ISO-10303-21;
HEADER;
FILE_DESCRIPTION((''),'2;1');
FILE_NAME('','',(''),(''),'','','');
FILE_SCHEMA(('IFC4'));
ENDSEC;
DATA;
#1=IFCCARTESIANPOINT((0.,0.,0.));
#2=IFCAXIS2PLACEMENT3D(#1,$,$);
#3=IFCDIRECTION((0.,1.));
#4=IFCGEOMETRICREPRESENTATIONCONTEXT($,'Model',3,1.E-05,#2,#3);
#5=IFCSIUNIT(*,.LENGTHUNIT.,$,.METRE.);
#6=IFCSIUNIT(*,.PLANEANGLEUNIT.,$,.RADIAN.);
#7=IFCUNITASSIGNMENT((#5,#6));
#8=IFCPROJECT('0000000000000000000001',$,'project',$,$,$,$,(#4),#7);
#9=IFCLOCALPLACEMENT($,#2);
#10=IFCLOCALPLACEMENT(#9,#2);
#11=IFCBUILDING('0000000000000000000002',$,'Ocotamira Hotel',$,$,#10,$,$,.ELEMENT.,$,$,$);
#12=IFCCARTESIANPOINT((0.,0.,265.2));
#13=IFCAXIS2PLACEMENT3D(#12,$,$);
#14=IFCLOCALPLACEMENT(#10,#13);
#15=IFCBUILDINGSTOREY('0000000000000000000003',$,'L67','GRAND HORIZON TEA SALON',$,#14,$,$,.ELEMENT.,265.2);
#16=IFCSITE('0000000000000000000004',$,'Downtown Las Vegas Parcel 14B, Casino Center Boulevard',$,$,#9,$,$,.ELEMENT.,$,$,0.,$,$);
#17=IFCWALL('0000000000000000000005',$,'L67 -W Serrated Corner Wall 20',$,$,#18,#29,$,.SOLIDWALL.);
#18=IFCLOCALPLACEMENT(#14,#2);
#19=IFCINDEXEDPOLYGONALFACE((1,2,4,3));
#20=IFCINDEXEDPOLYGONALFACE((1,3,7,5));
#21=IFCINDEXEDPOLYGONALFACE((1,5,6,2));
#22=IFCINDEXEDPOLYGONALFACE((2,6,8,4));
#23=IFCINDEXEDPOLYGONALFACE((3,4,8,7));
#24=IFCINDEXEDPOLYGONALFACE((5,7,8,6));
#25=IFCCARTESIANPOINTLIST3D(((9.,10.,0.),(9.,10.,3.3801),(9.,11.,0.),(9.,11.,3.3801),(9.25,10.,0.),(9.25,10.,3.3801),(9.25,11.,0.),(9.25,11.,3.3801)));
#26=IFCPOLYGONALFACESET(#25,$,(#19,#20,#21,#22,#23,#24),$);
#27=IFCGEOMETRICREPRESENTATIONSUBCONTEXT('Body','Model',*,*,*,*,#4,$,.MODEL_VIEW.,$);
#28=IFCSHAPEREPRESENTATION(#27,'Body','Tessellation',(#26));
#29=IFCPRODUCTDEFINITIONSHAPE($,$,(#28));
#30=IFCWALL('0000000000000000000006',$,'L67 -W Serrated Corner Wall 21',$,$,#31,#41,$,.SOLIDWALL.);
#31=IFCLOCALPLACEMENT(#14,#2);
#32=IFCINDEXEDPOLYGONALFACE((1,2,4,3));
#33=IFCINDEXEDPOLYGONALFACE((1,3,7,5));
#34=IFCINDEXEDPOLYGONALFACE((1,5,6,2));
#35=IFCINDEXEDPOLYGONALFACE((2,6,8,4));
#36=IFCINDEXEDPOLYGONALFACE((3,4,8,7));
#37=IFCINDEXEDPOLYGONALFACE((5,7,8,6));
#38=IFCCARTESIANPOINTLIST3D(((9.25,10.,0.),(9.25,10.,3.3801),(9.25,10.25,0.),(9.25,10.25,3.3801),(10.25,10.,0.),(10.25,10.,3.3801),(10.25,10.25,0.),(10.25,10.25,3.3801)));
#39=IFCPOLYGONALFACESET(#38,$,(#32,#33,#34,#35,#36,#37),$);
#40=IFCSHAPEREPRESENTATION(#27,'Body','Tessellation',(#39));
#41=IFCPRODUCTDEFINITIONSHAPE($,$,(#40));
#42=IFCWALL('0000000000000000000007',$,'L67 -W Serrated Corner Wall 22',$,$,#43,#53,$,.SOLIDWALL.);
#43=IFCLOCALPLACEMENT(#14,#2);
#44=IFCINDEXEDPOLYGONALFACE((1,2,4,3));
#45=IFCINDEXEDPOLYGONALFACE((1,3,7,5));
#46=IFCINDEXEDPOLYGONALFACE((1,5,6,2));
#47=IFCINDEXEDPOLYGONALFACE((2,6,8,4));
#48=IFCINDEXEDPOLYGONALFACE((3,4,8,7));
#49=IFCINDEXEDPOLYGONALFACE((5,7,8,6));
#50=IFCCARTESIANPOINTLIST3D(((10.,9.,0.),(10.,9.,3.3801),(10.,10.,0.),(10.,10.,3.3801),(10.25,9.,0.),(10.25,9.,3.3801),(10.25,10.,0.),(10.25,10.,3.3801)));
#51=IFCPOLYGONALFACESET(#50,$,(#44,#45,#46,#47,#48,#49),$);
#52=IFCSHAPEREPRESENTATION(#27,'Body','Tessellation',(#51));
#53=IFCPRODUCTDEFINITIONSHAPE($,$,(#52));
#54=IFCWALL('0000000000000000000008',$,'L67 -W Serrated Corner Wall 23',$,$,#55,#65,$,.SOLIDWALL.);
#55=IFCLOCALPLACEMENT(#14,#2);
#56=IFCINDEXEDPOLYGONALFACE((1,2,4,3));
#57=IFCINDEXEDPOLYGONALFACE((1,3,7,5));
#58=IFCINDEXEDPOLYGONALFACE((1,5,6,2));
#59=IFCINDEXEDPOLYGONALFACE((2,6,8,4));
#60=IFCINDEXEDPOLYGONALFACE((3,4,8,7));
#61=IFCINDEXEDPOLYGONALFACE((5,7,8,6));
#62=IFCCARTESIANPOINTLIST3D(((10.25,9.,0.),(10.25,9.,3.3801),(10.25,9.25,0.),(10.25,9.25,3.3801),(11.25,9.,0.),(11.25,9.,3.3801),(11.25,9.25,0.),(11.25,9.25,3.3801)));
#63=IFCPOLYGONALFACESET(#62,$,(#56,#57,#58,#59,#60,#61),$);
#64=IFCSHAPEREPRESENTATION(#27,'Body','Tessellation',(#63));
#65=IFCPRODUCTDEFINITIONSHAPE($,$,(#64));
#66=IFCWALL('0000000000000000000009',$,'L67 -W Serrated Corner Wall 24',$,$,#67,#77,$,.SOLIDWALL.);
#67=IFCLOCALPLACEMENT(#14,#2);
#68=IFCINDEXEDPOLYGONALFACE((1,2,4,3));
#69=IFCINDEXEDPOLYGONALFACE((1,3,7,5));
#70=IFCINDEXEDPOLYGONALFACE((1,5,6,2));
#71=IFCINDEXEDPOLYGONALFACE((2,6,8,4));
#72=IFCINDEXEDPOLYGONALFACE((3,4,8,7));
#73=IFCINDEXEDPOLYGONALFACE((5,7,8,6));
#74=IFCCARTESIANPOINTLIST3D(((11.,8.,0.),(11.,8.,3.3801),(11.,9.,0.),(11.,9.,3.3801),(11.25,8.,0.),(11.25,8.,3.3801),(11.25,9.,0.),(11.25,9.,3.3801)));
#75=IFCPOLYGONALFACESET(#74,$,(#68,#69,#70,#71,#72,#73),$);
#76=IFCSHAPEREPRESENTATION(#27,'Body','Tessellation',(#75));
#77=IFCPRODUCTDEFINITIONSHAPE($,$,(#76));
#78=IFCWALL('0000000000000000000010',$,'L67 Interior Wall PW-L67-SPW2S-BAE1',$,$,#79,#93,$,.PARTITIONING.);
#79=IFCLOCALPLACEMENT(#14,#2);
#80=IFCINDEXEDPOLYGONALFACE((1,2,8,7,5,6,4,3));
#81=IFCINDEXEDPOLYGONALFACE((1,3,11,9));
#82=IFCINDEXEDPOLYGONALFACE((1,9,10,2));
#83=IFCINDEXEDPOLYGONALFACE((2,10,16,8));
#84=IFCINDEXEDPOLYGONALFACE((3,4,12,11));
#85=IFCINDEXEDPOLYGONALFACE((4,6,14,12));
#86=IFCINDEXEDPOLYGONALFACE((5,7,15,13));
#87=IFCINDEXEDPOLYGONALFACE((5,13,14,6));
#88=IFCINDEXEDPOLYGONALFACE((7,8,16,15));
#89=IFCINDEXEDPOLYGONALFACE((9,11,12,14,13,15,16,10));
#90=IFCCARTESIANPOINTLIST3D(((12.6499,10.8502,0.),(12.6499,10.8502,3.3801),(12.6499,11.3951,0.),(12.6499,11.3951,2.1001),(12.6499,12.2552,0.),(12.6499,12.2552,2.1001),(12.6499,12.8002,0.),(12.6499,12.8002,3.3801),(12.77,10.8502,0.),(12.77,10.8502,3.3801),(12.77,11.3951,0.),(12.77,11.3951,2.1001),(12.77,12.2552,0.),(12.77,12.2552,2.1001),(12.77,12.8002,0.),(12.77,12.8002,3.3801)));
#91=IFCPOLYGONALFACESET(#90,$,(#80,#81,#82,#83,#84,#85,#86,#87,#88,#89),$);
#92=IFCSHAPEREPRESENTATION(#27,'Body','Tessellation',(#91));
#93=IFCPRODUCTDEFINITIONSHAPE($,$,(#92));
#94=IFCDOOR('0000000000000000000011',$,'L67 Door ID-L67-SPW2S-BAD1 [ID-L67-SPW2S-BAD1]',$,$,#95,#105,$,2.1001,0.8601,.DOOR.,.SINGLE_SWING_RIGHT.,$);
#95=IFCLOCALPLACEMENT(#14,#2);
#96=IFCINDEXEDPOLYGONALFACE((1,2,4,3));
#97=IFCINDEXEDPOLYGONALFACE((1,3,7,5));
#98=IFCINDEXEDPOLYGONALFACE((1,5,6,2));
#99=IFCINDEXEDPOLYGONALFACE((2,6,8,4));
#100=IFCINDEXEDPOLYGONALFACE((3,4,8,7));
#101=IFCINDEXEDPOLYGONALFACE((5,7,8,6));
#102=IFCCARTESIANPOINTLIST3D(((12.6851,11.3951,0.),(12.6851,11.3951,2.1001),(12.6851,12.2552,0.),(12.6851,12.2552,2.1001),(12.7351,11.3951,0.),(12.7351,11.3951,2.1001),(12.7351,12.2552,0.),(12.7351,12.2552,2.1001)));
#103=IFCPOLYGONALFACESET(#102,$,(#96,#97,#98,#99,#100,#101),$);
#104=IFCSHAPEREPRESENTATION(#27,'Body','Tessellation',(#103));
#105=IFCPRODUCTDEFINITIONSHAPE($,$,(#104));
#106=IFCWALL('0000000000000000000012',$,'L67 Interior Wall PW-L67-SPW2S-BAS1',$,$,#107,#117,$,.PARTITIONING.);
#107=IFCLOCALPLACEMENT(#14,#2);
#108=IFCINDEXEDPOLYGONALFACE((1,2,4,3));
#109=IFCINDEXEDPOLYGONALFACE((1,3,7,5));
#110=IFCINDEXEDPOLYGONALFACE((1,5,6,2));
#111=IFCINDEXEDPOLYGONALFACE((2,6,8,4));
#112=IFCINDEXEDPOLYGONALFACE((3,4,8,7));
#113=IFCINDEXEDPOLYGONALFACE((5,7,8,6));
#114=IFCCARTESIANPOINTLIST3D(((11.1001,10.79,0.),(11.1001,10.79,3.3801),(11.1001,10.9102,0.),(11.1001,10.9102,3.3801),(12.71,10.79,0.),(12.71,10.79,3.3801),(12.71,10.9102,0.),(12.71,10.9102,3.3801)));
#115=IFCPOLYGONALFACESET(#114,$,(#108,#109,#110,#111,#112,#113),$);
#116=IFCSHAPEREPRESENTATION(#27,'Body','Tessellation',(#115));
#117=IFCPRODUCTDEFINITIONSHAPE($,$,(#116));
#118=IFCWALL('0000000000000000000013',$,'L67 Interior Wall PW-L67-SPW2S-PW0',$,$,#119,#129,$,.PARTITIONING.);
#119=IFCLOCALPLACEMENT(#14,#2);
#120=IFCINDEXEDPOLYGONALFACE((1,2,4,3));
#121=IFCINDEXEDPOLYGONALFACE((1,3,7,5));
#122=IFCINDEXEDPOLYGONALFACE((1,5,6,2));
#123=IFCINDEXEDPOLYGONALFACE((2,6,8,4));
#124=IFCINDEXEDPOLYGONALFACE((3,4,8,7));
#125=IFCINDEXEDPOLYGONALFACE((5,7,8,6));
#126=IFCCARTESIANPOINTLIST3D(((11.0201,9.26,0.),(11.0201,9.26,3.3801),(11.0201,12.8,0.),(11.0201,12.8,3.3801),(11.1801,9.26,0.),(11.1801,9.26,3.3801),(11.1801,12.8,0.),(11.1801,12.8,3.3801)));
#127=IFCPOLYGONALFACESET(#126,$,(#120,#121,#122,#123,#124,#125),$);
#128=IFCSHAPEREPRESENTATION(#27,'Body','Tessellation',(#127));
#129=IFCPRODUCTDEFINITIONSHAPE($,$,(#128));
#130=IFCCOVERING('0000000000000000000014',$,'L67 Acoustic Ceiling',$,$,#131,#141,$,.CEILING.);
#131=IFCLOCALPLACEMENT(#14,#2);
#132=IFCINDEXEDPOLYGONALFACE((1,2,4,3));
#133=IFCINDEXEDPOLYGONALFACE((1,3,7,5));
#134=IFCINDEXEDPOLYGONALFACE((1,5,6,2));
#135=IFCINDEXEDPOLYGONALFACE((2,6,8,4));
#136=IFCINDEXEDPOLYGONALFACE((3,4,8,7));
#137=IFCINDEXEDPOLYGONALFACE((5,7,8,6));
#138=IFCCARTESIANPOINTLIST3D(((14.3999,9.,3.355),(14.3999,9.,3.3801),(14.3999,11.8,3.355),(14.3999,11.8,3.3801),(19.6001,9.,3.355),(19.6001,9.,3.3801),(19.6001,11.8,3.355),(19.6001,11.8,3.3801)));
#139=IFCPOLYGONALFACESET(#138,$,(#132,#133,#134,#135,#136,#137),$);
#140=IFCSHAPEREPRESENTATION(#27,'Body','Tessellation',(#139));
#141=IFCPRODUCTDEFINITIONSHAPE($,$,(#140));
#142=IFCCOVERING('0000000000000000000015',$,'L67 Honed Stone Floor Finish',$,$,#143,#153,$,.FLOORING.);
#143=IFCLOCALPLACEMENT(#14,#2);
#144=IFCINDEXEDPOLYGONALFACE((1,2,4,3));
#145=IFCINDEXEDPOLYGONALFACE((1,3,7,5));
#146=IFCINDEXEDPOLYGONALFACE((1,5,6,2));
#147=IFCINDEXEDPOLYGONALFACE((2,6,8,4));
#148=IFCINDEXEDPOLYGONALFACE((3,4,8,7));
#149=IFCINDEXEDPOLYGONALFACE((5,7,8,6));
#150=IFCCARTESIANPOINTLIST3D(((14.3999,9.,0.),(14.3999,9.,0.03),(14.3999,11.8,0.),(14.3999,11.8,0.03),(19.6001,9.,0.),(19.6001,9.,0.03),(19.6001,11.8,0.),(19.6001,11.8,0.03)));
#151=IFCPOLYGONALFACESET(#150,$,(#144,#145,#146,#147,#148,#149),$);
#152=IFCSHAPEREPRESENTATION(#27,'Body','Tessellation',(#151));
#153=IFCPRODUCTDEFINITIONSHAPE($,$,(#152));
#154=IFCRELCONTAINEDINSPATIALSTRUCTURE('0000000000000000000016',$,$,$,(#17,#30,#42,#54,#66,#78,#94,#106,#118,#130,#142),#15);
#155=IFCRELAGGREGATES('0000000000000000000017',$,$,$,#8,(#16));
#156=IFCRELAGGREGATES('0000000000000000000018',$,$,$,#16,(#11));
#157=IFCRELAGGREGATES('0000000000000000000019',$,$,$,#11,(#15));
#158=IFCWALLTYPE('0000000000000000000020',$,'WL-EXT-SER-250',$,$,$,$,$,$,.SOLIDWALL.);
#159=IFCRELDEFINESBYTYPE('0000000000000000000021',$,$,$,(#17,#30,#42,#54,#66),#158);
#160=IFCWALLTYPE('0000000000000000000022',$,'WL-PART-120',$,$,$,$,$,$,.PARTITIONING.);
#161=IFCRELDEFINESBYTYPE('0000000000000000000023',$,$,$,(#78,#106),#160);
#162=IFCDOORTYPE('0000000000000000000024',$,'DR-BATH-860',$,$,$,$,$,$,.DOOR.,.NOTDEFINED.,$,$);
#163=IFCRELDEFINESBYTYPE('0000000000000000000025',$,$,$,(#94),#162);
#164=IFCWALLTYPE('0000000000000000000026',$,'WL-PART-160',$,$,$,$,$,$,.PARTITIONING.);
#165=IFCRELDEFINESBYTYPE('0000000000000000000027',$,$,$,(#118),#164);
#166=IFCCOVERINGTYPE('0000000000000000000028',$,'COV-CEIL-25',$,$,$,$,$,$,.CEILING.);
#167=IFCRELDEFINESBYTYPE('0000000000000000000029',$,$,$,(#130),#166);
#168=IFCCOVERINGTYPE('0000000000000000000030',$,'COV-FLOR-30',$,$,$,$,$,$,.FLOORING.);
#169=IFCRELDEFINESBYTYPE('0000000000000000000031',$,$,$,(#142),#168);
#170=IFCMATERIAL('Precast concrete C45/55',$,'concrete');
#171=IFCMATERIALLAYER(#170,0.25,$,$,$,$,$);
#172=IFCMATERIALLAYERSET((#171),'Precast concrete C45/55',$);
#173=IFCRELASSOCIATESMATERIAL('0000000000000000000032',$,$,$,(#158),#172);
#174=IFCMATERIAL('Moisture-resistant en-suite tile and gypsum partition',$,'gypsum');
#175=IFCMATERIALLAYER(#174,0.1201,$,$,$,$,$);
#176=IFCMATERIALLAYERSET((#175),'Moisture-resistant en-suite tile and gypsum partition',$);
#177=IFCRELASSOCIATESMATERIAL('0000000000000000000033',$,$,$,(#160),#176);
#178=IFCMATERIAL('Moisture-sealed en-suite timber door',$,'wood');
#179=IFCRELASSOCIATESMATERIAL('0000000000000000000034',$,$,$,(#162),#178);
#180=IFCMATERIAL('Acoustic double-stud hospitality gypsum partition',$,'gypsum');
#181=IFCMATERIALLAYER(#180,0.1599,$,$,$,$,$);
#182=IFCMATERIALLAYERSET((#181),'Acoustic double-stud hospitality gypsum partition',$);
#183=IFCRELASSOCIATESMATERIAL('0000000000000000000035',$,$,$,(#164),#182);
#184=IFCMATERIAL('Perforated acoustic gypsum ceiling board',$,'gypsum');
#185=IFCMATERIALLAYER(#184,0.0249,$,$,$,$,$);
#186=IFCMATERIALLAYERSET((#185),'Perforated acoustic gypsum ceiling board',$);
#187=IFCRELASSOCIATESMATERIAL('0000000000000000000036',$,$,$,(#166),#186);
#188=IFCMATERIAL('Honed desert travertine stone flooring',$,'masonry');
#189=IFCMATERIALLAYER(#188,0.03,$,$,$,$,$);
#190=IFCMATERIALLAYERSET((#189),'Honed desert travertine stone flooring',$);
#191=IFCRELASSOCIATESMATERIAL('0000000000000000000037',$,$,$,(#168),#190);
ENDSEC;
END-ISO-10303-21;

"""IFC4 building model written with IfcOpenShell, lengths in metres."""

from ifc_helpers import new_model, si_unit, direction, frame, frame_2d, origin, place, context, subcontext, project, spatial, polyline, rectangle, outline, extrude, source, transform, mapped, material, layer, layer_set, type_object, element, fill, save


model = new_model("IFC4")

# Units and contexts
model_context = context("Model", 3, precision=1e-05, world=origin(), true_north=direction((0.0, 1.0)))
body_context = subcontext(model_context, "Body", "Model", "MODEL_VIEW")
ifc_project = project(units=[si_unit("LENGTHUNIT", "METRE"), si_unit("PLANEANGLEUNIT", "RADIAN")], contexts=[model_context])

# Site, building, storey
site_placement = place(None, origin())
site = spatial("IfcSite", under=ifc_project, at=site_placement, Name="Downtown Las Vegas Parcel 14B, Casino Center Boulevard", CompositionType="ELEMENT", RefElevation=0.0)
building_placement = place(site_placement, origin())
building = spatial("IfcBuilding", under=site, at=building_placement, Name="Ocotamira Hotel", CompositionType="ELEMENT")
storey_placement = place(building_placement, frame((0.0, 0.0, 265.2)))
storey = spatial("IfcBuildingStorey", under=building, at=storey_placement, Name="L67", Description="GRAND HORIZON TEA SALON", CompositionType="ELEMENT", Elevation=265.2)

# Walls
ifc_material_1 = material(Name="Precast concrete C45/55", Category="concrete")
ifc_layer_1 = layer(ifc_material_1, 0.25)
ifc_layer_set_1 = layer_set([ifc_layer_1], Name="Precast concrete C45/55")
wall_type_1 = type_object("IfcWallType", Name="WL-EXT-SER-250", PredefinedType="SOLIDWALL", material=ifc_layer_set_1)
for number, where, z_axis, x_axis, name in (
    (1, (9.125, 11.0, 0.0), (0.0, 0.0, 1.0), (0.0, -1.0, 0.0), "L67 -W Serrated Corner Wall 20"),
    (2, (9.25, 10.125, 0.0), (0.0, 0.0, 1.0), (1.0, 0.0, 0.0), "L67 -W Serrated Corner Wall 21"),
    (3, (10.125, 10.0, 0.0), (0.0, 0.0, 1.0), (0.0, -1.0, 0.0), "L67 -W Serrated Corner Wall 22"),
    (4, (10.25, 9.125, 0.0), (0.0, 0.0, 1.0), (1.0, 0.0, 0.0), "L67 -W Serrated Corner Wall 23"),
    (5, (11.125, 9.0, 0.0), (0.0, 0.0, 1.0), (0.0, -1.0, 0.0), "L67 -W Serrated Corner Wall 24"),
):
    element("IfcWall", number, at=place(storey_placement, frame(where, z_axis=z_axis, x_axis=x_axis)), inside=storey, type_object=wall_type_1, Name=name, PredefinedType="SOLIDWALL", context=body_context, shape_type="SweptSolid", body=[
        extrude(rectangle(XDim=1.0, YDim=0.25, at=frame_2d((0.5, 0.0))), origin(), (0.0, 0.0, 1.0), 3.3801),
    ])

# Wall, opening, door
ifc_material_2 = material(Name="Moisture-resistant en-suite tile and gypsum partition", Category="gypsum")
ifc_layer_2 = layer(ifc_material_2, 0.1201)
ifc_layer_set_2 = layer_set([ifc_layer_2], Name="Moisture-resistant en-suite tile and gypsum partition")
wall_type_2 = type_object("IfcWallType", Name="WL-PART-120", PredefinedType="PARTITIONING", material=ifc_layer_set_2)
wall_1_placement = place(storey_placement, frame((12.71, 10.8501, 0.0), z_axis=(0.0, 0.0, 1.0), x_axis=(0.0, 1.0, 0.0)))
wall_1 = element("IfcWall", 6, at=wall_1_placement, inside=storey, type_object=wall_type_2, Name="L67 Interior Wall PW-L67-SPW2S-BAE1", PredefinedType="PARTITIONING", context=body_context, shape_type="SweptSolid", body=[
    extrude(rectangle(XDim=1.95, YDim=0.1201, at=frame_2d((0.9751, 0.0))), origin(), (0.0, 0.0, 1.0), 3.3801),
])
opening_placement = place(wall_1_placement, frame((0.5449, 0.0, 0.0)))
opening = element("IfcOpeningElement", 7, at=opening_placement, cuts=wall_1, PredefinedType="OPENING", context=body_context, shape_type="SweptSolid", body=[
    extrude(rectangle(XDim=0.8601, YDim=2.1001, at=frame_2d((0.4302, 1.05))), frame((0.0, 0.0701, 0.0), z_axis=(0.0, -1.0, 0.0), x_axis=(1.0, 0.0, 0.0)), (0.0, 0.0, 1.0), 0.1401),
])
ifc_material_3 = material(Name="Moisture-sealed en-suite timber door", Category="wood")
door_type = type_object("IfcDoorType", Name="DR-BATH-860", OperationType="NOTDEFINED", PredefinedType="DOOR", material=ifc_material_3)
shared_shape_1 = source(origin(), body_context, "Body", "SweptSolid", [
    extrude(rectangle(XDim=0.8601, YDim=2.1001, at=frame_2d((0.4302, 1.05))), frame((0.0, 0.0249, 0.0), z_axis=(0.0, -1.0, 0.0), x_axis=(1.0, 0.0, 0.0)), (0.0, 0.0, 1.0), 0.05),
])
door_placement = place(opening_placement, origin())
door = element("IfcDoor", 8, at=door_placement, inside=storey, type_object=door_type, Name="L67 Door ID-L67-SPW2S-BAD1 [ID-L67-SPW2S-BAD1]", OperationType="SINGLE_SWING_RIGHT", OverallHeight=2.1001, OverallWidth=0.8601, PredefinedType="DOOR", context=body_context, shape_type="MappedRepresentation", body=[
    mapped(shared_shape_1, transform((0.0, 0.0, 0.0), scale=1.0)),
])
fill(opening, door)

# Walls
wall_2_placement = place(storey_placement, frame((11.1001, 10.8501, 0.0), z_axis=(0.0, 0.0, 1.0), x_axis=(1.0, 0.0, 0.0)))
element("IfcWall", 9, at=wall_2_placement, inside=storey, type_object=wall_type_2, Name="L67 Interior Wall PW-L67-SPW2S-BAS1", PredefinedType="PARTITIONING", context=body_context, shape_type="SweptSolid", body=[
    extrude(rectangle(XDim=1.6099, YDim=0.1201, at=frame_2d((0.8049, 0.0))), origin(), (0.0, 0.0, 1.0), 3.3801),
])
ifc_material_4 = material(Name="Acoustic double-stud hospitality gypsum partition", Category="gypsum")
ifc_layer_3 = layer(ifc_material_4, 0.1599)
ifc_layer_set_3 = layer_set([ifc_layer_3], Name="Acoustic double-stud hospitality gypsum partition")
wall_type_3 = type_object("IfcWallType", Name="WL-PART-160", PredefinedType="PARTITIONING", material=ifc_layer_set_3)
wall_3_placement = place(storey_placement, frame((11.1001, 9.26, 0.0), z_axis=(0.0, 0.0, 1.0), x_axis=(0.0, 1.0, 0.0)))
element("IfcWall", 10, at=wall_3_placement, inside=storey, type_object=wall_type_3, Name="L67 Interior Wall PW-L67-SPW2S-PW0", PredefinedType="PARTITIONING", context=body_context, shape_type="SweptSolid", body=[
    extrude(rectangle(XDim=3.54, YDim=0.1599, at=frame_2d((1.77, 0.0))), origin(), (0.0, 0.0, 1.0), 3.3801),
])

# Coverings
ifc_material_5 = material(Name="Perforated acoustic gypsum ceiling board", Category="gypsum")
ifc_layer_4 = layer(ifc_material_5, 0.0249)
ifc_layer_set_4 = layer_set([ifc_layer_4], Name="Perforated acoustic gypsum ceiling board")
covering_type_1 = type_object("IfcCoveringType", Name="COV-CEIL-25", PredefinedType="CEILING", material=ifc_layer_set_4)
covering_1_placement = place(storey_placement, frame((0.0, 0.0, 3.355)))
element("IfcCovering", 11, at=covering_1_placement, inside=storey, type_object=covering_type_1, Name="L67 Acoustic Ceiling", PredefinedType="CEILING", context=body_context, shape_type="SweptSolid", body=[
    extrude(outline(polyline([(14.3999, 9.0), (19.6001, 9.0), (19.6001, 11.8), (14.3999, 11.8), (14.3999, 9.0)])), origin(), (0.0, 0.0, 1.0), 0.0251),
])
ifc_material_6 = material(Name="Honed desert travertine stone flooring", Category="masonry")
ifc_layer_5 = layer(ifc_material_6, 0.03)
ifc_layer_set_5 = layer_set([ifc_layer_5], Name="Honed desert travertine stone flooring")
covering_type_2 = type_object("IfcCoveringType", Name="COV-FLOR-30", PredefinedType="FLOORING", material=ifc_layer_set_5)
covering_2_placement = place(storey_placement, origin())
element("IfcCovering", 12, at=covering_2_placement, inside=storey, type_object=covering_type_2, Name="L67 Honed Stone Floor Finish", PredefinedType="FLOORING", context=body_context, shape_type="SweptSolid", body=[
    extrude(outline(polyline([(14.3999, 9.0), (19.6001, 9.0), (19.6001, 11.8), (14.3999, 11.8), (14.3999, 9.0)])), origin(), (0.0, 0.0, 1.0), 0.03),
])

save(model, "model.ifc")
